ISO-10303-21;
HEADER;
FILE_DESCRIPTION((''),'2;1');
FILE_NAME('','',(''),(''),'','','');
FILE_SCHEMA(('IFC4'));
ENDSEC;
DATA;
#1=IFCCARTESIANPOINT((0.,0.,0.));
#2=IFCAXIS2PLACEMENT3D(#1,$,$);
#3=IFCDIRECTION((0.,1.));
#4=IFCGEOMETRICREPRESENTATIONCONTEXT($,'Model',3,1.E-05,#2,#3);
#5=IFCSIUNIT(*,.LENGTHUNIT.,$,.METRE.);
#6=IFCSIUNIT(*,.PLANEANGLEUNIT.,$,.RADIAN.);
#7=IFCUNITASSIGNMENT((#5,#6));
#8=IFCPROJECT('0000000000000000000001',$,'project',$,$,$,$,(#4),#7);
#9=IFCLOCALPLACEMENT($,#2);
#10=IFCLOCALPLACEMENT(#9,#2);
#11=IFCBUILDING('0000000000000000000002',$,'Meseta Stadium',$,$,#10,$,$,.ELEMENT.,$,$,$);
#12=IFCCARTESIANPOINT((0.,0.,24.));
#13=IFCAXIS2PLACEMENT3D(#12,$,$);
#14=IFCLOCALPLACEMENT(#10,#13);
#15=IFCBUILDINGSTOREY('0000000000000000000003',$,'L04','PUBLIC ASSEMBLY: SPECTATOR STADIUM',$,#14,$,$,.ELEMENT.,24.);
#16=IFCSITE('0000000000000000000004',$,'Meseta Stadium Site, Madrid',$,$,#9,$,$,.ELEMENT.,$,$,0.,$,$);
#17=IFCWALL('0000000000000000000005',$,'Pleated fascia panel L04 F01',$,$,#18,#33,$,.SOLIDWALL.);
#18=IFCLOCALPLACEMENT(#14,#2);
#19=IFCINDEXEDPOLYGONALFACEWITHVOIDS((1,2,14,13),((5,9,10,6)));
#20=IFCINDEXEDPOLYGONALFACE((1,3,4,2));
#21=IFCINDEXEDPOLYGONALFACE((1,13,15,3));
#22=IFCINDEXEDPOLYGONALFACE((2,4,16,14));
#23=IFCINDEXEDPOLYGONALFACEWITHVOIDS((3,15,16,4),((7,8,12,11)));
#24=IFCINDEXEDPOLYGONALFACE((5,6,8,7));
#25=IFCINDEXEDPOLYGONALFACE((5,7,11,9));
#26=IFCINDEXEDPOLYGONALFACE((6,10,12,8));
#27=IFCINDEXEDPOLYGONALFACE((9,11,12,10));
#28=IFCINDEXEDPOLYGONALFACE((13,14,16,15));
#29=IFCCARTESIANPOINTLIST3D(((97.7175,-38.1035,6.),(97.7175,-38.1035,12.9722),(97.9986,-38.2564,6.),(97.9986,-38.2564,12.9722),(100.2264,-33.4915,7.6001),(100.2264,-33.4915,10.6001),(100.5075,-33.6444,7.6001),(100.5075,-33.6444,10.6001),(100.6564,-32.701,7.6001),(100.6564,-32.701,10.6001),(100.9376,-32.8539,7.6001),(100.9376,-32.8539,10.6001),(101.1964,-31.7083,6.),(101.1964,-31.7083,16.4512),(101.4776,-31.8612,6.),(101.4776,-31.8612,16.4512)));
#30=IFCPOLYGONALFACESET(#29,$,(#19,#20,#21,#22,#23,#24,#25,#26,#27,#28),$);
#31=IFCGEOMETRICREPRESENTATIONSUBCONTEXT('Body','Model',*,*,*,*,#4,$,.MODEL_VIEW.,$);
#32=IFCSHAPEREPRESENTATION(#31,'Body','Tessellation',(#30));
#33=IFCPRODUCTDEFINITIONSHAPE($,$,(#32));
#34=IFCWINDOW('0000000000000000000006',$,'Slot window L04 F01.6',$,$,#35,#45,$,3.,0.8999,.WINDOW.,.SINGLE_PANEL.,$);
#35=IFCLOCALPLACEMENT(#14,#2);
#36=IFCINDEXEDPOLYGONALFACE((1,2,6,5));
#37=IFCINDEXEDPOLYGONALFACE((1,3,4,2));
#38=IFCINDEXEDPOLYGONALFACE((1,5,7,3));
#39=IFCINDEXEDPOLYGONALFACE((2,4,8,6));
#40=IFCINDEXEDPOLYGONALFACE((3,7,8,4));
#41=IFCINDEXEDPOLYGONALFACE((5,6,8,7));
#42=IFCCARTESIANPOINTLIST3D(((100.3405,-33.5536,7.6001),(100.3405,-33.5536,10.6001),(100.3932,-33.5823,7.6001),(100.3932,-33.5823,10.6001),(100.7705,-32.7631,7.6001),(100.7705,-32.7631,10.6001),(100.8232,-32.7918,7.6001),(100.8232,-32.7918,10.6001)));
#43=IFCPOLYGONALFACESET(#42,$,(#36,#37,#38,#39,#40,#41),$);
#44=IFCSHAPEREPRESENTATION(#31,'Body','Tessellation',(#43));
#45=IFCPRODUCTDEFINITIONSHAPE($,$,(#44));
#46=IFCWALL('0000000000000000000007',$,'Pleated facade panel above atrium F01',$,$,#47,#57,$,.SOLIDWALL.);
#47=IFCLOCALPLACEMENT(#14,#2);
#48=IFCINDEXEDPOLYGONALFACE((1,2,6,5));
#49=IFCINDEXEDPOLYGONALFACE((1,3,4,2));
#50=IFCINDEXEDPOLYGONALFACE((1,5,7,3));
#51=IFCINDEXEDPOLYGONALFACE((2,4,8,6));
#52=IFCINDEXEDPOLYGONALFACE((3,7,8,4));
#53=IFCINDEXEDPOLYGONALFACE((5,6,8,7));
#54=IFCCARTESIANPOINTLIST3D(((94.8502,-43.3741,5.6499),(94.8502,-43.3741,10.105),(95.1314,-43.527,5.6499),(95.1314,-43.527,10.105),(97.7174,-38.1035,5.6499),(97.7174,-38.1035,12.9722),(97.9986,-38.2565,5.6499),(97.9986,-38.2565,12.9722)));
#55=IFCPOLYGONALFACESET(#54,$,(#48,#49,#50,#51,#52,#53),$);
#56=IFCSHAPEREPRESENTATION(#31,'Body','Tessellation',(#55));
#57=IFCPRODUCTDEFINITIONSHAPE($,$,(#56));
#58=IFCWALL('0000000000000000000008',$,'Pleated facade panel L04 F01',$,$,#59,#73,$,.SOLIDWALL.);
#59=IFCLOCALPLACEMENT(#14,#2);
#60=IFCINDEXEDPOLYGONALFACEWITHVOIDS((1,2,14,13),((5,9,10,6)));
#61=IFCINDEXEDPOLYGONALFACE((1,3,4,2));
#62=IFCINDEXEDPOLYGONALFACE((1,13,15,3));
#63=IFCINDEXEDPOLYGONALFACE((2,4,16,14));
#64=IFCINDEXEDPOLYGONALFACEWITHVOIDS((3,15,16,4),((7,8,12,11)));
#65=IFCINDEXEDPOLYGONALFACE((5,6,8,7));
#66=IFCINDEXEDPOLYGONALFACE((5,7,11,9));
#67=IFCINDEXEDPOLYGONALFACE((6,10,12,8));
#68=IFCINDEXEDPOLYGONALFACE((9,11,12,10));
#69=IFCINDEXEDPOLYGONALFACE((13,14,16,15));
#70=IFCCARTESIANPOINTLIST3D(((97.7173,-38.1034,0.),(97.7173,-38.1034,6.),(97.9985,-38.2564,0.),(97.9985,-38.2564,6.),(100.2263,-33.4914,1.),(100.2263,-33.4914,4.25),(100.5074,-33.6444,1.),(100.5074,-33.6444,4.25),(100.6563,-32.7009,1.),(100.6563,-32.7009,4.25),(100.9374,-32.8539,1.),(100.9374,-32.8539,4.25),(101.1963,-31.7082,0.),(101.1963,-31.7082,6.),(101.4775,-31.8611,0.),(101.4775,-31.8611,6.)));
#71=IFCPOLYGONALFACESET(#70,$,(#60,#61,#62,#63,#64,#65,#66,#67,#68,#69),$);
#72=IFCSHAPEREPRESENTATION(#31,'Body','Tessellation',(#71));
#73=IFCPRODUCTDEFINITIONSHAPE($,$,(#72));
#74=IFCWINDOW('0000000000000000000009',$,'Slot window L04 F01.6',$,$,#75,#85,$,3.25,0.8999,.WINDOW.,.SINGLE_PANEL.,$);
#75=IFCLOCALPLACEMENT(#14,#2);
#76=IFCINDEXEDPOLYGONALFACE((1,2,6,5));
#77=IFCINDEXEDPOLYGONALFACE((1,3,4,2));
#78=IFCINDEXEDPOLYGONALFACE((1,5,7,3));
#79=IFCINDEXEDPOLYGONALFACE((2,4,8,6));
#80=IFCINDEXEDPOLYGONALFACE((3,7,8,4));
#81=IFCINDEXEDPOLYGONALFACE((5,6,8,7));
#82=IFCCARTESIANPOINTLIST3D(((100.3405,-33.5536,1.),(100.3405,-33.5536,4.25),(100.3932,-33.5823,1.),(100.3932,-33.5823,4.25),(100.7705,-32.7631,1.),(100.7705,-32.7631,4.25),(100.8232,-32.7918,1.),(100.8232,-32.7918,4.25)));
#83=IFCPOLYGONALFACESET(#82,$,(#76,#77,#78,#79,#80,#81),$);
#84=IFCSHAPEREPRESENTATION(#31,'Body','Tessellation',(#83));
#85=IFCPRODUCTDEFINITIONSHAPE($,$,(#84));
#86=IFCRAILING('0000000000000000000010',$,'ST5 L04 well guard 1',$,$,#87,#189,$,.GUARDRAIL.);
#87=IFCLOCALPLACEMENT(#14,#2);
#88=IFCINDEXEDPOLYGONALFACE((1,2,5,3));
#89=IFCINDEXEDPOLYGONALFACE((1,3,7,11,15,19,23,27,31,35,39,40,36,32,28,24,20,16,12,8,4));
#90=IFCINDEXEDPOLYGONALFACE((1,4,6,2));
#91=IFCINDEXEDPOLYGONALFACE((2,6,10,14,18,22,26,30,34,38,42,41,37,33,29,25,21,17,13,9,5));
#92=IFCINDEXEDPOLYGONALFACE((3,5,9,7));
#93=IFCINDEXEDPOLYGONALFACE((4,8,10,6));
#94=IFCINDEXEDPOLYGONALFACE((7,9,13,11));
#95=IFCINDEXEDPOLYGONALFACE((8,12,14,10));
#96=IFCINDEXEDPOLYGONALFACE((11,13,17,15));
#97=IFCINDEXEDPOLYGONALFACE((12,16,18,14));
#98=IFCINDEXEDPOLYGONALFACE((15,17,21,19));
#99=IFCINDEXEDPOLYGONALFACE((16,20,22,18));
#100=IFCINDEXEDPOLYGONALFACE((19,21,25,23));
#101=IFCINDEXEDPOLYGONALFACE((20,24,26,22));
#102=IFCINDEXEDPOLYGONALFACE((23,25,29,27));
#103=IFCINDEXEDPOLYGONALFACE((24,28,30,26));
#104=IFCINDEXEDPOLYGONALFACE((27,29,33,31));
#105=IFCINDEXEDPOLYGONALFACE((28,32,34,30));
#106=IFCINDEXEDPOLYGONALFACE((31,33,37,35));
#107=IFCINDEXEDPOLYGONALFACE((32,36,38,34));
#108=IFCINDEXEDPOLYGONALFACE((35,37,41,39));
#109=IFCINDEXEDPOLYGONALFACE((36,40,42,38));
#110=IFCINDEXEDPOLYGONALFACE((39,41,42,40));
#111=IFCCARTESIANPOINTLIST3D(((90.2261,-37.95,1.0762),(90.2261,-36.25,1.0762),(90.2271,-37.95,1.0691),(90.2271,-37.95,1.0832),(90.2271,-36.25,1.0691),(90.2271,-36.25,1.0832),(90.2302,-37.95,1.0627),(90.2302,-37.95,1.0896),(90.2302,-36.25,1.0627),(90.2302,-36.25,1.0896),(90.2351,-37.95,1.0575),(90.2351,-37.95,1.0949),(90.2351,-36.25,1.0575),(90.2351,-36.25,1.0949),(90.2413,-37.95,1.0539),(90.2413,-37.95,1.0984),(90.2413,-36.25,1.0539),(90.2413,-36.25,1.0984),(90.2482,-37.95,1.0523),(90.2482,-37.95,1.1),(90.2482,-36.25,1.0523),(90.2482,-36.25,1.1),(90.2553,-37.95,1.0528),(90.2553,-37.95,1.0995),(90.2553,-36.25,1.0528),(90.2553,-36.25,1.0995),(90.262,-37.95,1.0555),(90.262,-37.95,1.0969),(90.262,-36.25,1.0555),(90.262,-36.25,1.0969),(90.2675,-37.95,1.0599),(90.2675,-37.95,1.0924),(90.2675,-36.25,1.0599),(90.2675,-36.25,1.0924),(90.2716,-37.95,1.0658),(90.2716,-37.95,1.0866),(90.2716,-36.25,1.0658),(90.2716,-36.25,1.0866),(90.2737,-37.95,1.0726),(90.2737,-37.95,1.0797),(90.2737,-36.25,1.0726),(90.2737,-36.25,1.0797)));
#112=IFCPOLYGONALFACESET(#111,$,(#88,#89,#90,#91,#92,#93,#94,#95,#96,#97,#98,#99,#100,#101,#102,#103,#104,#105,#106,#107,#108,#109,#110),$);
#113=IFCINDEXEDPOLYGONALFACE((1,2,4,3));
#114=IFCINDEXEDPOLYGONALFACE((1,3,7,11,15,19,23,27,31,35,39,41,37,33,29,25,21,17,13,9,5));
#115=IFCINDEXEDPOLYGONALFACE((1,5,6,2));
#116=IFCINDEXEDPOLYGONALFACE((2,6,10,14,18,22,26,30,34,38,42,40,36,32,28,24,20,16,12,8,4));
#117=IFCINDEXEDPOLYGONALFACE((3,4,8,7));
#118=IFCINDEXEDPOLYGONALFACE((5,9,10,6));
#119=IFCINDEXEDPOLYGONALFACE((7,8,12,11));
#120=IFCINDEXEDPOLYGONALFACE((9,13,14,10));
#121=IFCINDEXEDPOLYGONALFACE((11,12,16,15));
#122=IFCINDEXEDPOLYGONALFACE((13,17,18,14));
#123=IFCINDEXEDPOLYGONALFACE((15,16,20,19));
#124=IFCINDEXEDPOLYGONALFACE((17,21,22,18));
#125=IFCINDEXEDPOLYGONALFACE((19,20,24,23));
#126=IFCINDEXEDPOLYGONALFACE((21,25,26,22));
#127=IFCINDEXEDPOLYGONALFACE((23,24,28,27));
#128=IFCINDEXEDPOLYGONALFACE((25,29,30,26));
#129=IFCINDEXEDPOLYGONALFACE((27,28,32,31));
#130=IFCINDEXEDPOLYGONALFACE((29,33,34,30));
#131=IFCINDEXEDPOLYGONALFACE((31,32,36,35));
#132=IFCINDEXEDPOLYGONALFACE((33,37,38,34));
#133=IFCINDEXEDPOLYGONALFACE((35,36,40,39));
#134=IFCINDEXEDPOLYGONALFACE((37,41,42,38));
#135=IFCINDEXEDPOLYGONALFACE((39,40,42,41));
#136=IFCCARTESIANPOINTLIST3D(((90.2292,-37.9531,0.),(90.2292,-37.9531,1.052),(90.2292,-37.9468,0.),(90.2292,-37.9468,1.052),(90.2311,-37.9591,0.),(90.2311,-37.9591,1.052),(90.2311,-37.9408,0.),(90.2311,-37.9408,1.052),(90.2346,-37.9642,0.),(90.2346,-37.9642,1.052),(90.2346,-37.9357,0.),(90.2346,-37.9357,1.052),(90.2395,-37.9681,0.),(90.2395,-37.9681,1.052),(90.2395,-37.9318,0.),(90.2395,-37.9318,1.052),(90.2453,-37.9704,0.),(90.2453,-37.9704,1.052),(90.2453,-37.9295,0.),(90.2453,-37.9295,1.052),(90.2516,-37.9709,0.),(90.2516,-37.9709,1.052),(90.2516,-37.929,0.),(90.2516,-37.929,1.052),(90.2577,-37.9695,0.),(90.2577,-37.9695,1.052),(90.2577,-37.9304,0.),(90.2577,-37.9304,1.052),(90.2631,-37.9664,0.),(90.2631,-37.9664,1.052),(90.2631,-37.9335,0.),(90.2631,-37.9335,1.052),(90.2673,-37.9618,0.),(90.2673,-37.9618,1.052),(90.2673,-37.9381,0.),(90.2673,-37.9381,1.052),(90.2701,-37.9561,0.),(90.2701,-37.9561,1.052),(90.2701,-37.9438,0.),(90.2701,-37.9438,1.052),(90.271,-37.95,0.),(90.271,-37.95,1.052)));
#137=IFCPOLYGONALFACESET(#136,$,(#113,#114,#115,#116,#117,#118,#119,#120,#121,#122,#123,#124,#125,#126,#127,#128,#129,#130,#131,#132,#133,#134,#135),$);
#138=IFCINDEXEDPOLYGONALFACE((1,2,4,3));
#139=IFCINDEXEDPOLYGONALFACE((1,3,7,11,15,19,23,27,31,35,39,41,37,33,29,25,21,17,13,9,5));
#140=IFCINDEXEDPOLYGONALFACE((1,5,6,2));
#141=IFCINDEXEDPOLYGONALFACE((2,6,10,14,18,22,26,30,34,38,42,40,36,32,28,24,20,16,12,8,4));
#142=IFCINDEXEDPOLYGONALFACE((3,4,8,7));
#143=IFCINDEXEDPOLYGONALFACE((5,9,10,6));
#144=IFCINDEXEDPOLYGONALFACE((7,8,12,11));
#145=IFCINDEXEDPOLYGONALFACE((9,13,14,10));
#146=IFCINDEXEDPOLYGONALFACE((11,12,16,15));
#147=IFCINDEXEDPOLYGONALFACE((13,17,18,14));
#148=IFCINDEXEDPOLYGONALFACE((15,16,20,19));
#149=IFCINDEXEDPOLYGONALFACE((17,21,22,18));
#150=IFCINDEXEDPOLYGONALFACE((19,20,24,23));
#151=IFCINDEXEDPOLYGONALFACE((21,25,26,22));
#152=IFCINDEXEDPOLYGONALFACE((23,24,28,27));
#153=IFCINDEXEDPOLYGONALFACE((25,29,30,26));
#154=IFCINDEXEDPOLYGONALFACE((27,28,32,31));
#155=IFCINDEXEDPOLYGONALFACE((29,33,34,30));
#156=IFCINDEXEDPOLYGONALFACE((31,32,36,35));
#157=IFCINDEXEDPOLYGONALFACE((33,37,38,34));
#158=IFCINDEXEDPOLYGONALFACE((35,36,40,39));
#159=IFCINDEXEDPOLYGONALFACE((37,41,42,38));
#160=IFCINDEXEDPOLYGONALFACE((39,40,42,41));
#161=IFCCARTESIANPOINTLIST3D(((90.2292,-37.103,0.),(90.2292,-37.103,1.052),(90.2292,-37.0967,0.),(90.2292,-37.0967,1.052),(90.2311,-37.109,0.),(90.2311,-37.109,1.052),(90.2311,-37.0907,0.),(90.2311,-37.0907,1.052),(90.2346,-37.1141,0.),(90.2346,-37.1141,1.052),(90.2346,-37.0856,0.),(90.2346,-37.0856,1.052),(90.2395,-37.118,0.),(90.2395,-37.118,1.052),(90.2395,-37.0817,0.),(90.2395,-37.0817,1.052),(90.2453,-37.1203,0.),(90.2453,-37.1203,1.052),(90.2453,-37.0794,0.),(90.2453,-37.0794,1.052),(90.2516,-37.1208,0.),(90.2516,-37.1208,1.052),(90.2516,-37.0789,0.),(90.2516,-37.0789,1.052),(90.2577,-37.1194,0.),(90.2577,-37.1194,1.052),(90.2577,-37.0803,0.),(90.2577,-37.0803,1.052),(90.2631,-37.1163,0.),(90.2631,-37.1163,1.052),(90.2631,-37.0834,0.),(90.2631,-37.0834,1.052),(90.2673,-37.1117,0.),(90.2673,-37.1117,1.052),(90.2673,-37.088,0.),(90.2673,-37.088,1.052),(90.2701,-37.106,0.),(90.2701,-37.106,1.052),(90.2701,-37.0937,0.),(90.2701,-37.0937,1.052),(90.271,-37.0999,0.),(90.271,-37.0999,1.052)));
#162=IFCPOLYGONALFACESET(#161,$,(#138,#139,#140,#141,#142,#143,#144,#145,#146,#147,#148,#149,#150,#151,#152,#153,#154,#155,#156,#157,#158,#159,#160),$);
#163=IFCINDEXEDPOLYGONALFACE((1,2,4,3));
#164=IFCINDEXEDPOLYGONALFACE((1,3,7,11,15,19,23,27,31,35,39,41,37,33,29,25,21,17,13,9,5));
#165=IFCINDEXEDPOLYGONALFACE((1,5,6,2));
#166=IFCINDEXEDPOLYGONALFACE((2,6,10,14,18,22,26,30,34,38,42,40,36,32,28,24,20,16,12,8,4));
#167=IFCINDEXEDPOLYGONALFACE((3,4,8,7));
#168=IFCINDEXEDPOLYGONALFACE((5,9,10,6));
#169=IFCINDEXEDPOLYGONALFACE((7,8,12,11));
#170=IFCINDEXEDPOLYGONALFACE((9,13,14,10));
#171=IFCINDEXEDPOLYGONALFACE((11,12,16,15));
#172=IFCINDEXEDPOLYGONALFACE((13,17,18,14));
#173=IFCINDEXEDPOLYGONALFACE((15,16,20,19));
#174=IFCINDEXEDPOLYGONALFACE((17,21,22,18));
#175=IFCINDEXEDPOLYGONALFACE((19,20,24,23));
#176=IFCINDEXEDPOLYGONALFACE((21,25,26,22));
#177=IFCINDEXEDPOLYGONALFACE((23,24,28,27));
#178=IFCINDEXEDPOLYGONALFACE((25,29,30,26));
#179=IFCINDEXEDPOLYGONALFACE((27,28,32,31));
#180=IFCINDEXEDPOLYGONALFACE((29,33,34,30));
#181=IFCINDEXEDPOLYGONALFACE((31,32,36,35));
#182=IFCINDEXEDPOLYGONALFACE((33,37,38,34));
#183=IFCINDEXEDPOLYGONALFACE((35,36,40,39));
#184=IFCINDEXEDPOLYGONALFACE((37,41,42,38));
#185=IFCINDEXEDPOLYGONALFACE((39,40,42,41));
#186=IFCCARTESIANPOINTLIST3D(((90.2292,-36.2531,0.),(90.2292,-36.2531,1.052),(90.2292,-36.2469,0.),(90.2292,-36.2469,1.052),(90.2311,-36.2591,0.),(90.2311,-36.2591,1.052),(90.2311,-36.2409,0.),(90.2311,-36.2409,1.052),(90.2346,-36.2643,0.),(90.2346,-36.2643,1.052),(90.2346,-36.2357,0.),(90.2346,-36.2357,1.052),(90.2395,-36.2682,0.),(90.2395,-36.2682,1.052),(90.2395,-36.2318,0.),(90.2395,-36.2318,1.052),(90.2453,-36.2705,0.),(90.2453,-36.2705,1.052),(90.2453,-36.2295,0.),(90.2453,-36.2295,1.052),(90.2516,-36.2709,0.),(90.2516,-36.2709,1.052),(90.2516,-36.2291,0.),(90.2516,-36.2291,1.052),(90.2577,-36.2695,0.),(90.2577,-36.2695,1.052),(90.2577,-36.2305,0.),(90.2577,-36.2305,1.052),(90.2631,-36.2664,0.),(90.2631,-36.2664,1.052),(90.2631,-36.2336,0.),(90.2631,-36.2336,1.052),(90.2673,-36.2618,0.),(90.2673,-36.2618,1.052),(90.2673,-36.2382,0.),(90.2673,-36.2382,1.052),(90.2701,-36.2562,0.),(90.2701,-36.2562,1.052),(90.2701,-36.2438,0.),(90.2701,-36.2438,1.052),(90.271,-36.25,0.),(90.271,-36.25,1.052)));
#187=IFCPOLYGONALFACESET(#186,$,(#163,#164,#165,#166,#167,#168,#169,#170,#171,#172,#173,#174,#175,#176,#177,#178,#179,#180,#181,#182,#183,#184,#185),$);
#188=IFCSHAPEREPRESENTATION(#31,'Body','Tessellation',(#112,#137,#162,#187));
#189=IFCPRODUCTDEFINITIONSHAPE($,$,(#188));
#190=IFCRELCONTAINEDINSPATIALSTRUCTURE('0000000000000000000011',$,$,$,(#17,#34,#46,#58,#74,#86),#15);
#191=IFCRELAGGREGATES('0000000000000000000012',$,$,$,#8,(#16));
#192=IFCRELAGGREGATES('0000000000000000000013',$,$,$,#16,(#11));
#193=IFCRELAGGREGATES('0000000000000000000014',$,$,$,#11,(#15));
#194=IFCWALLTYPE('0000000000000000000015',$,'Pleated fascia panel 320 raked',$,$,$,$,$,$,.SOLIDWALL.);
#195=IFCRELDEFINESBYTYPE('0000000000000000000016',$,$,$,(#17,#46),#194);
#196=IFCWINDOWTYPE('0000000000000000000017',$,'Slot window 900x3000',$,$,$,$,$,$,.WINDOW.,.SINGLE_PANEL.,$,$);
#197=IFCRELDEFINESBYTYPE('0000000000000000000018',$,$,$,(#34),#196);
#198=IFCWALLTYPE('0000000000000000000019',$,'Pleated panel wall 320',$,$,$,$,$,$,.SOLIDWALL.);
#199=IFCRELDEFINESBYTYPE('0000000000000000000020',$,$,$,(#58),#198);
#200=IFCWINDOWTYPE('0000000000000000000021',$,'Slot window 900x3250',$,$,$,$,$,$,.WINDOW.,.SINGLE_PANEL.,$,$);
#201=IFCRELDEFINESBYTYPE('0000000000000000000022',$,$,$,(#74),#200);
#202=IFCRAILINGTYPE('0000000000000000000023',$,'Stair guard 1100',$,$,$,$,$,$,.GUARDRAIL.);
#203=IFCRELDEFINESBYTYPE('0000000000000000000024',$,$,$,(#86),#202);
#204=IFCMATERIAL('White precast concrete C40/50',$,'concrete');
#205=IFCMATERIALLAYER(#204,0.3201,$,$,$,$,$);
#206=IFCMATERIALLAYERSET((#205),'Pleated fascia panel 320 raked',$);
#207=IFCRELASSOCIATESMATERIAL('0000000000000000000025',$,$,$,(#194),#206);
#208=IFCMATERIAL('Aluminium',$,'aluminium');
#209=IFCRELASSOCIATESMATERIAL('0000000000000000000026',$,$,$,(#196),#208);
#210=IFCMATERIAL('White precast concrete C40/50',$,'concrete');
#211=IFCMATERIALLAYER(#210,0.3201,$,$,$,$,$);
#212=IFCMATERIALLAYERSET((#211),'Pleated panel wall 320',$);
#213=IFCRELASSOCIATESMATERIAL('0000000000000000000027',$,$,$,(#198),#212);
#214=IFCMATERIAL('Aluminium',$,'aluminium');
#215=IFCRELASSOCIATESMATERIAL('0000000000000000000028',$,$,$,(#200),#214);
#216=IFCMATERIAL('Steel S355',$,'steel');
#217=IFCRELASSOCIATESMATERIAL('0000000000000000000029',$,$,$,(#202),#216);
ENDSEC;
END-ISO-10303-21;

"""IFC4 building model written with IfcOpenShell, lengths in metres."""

from ifc_helpers import new_model, si_unit, direction, frame, frame_2d, origin, origin_2d, place, context, subcontext, project, spatial, polyline, rectangle, circle, outline, extrude, material, layer, layer_set, type_object, element, fill, save


model = new_model("IFC4")

# Units and contexts
model_context = context("Model", 3, precision=1e-05, world=origin(), true_north=direction((0.0, 1.0)))
body_context = subcontext(model_context, "Body", "Model", "MODEL_VIEW")
ifc_project = project(units=[si_unit("LENGTHUNIT", "METRE"), si_unit("PLANEANGLEUNIT", "RADIAN")], contexts=[model_context])

# Site, building, storey
site_placement = place(None, origin())
site = spatial("IfcSite", under=ifc_project, at=site_placement, Name="Meseta Stadium Site, Madrid", CompositionType="ELEMENT", RefElevation=0.0)
building_placement = place(site_placement, origin())
building = spatial("IfcBuilding", under=site, at=building_placement, Name="Meseta Stadium", CompositionType="ELEMENT")
storey_placement = place(building_placement, frame((0.0, 0.0, 24.0)))
storey = spatial("IfcBuildingStorey", under=building, at=storey_placement, Name="L04", Description="PUBLIC ASSEMBLY: SPECTATOR STADIUM", CompositionType="ELEMENT", Elevation=24.0)

# Wall, opening, window
ifc_material_1 = material(Name="White precast concrete C40/50", Category="concrete")
ifc_layer_1 = layer(ifc_material_1, 0.3201)
ifc_layer_set_1 = layer_set([ifc_layer_1], Name="Pleated fascia panel 320 raked")
wall_type_1 = type_object("IfcWallType", Name="Pleated fascia panel 320 raked", PredefinedType="SOLIDWALL", material=ifc_layer_set_1)
wall_1_placement = place(storey_placement, frame((101.3369, -31.7847, 6.0), z_axis=(0.0, 0.0, 1.0), x_axis=(-0.477865, -0.878433, 0.0)))
wall_1 = element("IfcWall", 1, at=wall_1_placement, inside=storey, type_object=wall_type_1, Name="Pleated fascia panel L04 F01", PredefinedType="SOLIDWALL", context=body_context, shape_type="SweptSolid", body=[
    extrude(outline(polyline([(0.0, 0.0), (7.2803, 0.0), (7.2803, 6.9722), (0.0, 10.4512), (0.0, 0.0)])), frame((0.0, 0.1602, 0.0), z_axis=(0.0, -1.0, 0.0), x_axis=(1.0, 0.0, 0.0)), (0.0, 0.0, 1.0), 0.3201),
])
opening_1_placement = place(wall_1_placement, frame((1.1301, 0.0, 1.6001)))
opening_1 = element("IfcOpeningElement", 2, at=opening_1_placement, cuts=wall_1, PredefinedType="OPENING", context=body_context, shape_type="SweptSolid", body=[
    extrude(rectangle(XDim=0.8999, YDim=3.0, at=frame_2d((0.45, 1.5))), frame((0.0, 0.1699, 0.0), z_axis=(0.0, -1.0, 0.0), x_axis=(1.0, 0.0, 0.0)), (0.0, 0.0, 1.0), 0.3401),
])
ifc_material_2 = material(Name="Aluminium", Category="aluminium")
window_type_1 = type_object("IfcWindowType", Name="Slot window 900x3000", PartitioningType="SINGLE_PANEL", PredefinedType="WINDOW", material=ifc_material_2)
window_1_placement = place(opening_1_placement, origin())
window_1 = element("IfcWindow", 3, at=window_1_placement, inside=storey, type_object=window_type_1, Name="Slot window L04 F01.6", OverallHeight=3.0, OverallWidth=0.8999, PartitioningType="SINGLE_PANEL", PredefinedType="WINDOW", context=body_context, shape_type="SweptSolid", body=[
    extrude(rectangle(XDim=0.8999, YDim=3.0, at=frame_2d((0.45, 1.5))), frame((0.0, 0.03, 0.0), z_axis=(0.0, -1.0, 0.0), x_axis=(1.0, 0.0, 0.0)), (0.0, 0.0, 1.0), 0.0601),
])
fill(opening_1, window_1)

# Wall
wall_2_placement = place(storey_placement, frame((97.8579, -38.1799, 5.6499), z_axis=(0.0, 0.0, 1.0), x_axis=(-0.477871, -0.87843, 0.0)))
element("IfcWall", 4, at=wall_2_placement, inside=storey, type_object=wall_type_1, Name="Pleated facade panel above atrium F01", PredefinedType="SOLIDWALL", context=body_context, shape_type="SweptSolid", body=[
    extrude(outline(polyline([(0.0, 0.0), (6.0, 0.0), (6.0, 4.4551), (0.0, 7.3223), (0.0, 0.0)])), frame((0.0, 0.1602, 0.0), z_axis=(0.0, -1.0, 0.0), x_axis=(1.0, 0.0, 0.0)), (0.0, 0.0, 1.0), 0.3201),
])

# Wall, opening, window
ifc_material_3 = material(Name="White precast concrete C40/50", Category="concrete")
ifc_layer_2 = layer(ifc_material_3, 0.3201)
ifc_layer_set_2 = layer_set([ifc_layer_2], Name="Pleated panel wall 320")
wall_type_2 = type_object("IfcWallType", Name="Pleated panel wall 320", PredefinedType="SOLIDWALL", material=ifc_layer_set_2)
wall_3_placement = place(storey_placement, frame((101.3369, -31.7847, 0.0), z_axis=(0.0, 0.0, 1.0), x_axis=(-0.477865, -0.878433, 0.0)))
wall_3 = element("IfcWall", 5, at=wall_3_placement, inside=storey, type_object=wall_type_2, Name="Pleated facade panel L04 F01", PredefinedType="SOLIDWALL", context=body_context, shape_type="SweptSolid", body=[
    extrude(rectangle(XDim=7.2803, YDim=0.3201, at=frame_2d((3.6401, 0.0))), origin(), (0.0, 0.0, 1.0), 6.0),
])
opening_2_placement = place(wall_3_placement, frame((1.1301, 0.0, 1.0)))
opening_2 = element("IfcOpeningElement", 6, at=opening_2_placement, cuts=wall_3, PredefinedType="OPENING", context=body_context, shape_type="SweptSolid", body=[
    extrude(rectangle(XDim=0.8999, YDim=3.25, at=frame_2d((0.45, 1.625))), frame((0.0, 0.1699, 0.0), z_axis=(0.0, -1.0, 0.0), x_axis=(1.0, 0.0, 0.0)), (0.0, 0.0, 1.0), 0.3401),
])
ifc_material_4 = material(Name="Aluminium", Category="aluminium")
window_type_2 = type_object("IfcWindowType", Name="Slot window 900x3250", PartitioningType="SINGLE_PANEL", PredefinedType="WINDOW", material=ifc_material_4)
window_2_placement = place(opening_2_placement, origin())
window_2 = element("IfcWindow", 7, at=window_2_placement, inside=storey, type_object=window_type_2, Name="Slot window L04 F01.6", OverallHeight=3.25, OverallWidth=0.8999, PartitioningType="SINGLE_PANEL", PredefinedType="WINDOW", context=body_context, shape_type="SweptSolid", body=[
    extrude(rectangle(XDim=0.8999, YDim=3.25, at=frame_2d((0.45, 1.625))), frame((0.0, 0.03, 0.0), z_axis=(0.0, -1.0, 0.0), x_axis=(1.0, 0.0, 0.0)), (0.0, 0.0, 1.0), 0.0601),
])
fill(opening_2, window_2)

# Railing
ifc_material_5 = material(Name="Steel S355", Category="steel")
railing_type = type_object("IfcRailingType", Name="Stair guard 1100", PredefinedType="GUARDRAIL", material=ifc_material_5)
for number, where, name in (
    (8, (90.25, -37.95, 0.0), "ST5 L04 well guard 1"),
):
    element("IfcRailing", number, at=place(storey_placement, frame(where)), inside=storey, type_object=railing_type, Name=name, PredefinedType="GUARDRAIL", context=body_context, shape_type="SweptSolid", body=[
        extrude(circle(Radius=0.0239, at=origin_2d()), frame((0.0, 0.0, 1.0762), z_axis=(0.0, 1.0, 0.0), x_axis=(-1.0, 0.0, 0.0)), (0.0, 0.0, 1.0), 1.7),
        extrude(circle(Radius=0.021, at=origin_2d()), origin(), (0.0, 0.0, 1.0), 1.052),
        extrude(circle(Radius=0.021, at=origin_2d()), frame((0.0, 0.8501, 0.0)), (0.0, 0.0, 1.0), 1.052),
        extrude(circle(Radius=0.021, at=origin_2d()), frame((0.0, 1.7, 0.0)), (0.0, 0.0, 1.0), 1.052),
    ])

save(model, "model.ifc")
